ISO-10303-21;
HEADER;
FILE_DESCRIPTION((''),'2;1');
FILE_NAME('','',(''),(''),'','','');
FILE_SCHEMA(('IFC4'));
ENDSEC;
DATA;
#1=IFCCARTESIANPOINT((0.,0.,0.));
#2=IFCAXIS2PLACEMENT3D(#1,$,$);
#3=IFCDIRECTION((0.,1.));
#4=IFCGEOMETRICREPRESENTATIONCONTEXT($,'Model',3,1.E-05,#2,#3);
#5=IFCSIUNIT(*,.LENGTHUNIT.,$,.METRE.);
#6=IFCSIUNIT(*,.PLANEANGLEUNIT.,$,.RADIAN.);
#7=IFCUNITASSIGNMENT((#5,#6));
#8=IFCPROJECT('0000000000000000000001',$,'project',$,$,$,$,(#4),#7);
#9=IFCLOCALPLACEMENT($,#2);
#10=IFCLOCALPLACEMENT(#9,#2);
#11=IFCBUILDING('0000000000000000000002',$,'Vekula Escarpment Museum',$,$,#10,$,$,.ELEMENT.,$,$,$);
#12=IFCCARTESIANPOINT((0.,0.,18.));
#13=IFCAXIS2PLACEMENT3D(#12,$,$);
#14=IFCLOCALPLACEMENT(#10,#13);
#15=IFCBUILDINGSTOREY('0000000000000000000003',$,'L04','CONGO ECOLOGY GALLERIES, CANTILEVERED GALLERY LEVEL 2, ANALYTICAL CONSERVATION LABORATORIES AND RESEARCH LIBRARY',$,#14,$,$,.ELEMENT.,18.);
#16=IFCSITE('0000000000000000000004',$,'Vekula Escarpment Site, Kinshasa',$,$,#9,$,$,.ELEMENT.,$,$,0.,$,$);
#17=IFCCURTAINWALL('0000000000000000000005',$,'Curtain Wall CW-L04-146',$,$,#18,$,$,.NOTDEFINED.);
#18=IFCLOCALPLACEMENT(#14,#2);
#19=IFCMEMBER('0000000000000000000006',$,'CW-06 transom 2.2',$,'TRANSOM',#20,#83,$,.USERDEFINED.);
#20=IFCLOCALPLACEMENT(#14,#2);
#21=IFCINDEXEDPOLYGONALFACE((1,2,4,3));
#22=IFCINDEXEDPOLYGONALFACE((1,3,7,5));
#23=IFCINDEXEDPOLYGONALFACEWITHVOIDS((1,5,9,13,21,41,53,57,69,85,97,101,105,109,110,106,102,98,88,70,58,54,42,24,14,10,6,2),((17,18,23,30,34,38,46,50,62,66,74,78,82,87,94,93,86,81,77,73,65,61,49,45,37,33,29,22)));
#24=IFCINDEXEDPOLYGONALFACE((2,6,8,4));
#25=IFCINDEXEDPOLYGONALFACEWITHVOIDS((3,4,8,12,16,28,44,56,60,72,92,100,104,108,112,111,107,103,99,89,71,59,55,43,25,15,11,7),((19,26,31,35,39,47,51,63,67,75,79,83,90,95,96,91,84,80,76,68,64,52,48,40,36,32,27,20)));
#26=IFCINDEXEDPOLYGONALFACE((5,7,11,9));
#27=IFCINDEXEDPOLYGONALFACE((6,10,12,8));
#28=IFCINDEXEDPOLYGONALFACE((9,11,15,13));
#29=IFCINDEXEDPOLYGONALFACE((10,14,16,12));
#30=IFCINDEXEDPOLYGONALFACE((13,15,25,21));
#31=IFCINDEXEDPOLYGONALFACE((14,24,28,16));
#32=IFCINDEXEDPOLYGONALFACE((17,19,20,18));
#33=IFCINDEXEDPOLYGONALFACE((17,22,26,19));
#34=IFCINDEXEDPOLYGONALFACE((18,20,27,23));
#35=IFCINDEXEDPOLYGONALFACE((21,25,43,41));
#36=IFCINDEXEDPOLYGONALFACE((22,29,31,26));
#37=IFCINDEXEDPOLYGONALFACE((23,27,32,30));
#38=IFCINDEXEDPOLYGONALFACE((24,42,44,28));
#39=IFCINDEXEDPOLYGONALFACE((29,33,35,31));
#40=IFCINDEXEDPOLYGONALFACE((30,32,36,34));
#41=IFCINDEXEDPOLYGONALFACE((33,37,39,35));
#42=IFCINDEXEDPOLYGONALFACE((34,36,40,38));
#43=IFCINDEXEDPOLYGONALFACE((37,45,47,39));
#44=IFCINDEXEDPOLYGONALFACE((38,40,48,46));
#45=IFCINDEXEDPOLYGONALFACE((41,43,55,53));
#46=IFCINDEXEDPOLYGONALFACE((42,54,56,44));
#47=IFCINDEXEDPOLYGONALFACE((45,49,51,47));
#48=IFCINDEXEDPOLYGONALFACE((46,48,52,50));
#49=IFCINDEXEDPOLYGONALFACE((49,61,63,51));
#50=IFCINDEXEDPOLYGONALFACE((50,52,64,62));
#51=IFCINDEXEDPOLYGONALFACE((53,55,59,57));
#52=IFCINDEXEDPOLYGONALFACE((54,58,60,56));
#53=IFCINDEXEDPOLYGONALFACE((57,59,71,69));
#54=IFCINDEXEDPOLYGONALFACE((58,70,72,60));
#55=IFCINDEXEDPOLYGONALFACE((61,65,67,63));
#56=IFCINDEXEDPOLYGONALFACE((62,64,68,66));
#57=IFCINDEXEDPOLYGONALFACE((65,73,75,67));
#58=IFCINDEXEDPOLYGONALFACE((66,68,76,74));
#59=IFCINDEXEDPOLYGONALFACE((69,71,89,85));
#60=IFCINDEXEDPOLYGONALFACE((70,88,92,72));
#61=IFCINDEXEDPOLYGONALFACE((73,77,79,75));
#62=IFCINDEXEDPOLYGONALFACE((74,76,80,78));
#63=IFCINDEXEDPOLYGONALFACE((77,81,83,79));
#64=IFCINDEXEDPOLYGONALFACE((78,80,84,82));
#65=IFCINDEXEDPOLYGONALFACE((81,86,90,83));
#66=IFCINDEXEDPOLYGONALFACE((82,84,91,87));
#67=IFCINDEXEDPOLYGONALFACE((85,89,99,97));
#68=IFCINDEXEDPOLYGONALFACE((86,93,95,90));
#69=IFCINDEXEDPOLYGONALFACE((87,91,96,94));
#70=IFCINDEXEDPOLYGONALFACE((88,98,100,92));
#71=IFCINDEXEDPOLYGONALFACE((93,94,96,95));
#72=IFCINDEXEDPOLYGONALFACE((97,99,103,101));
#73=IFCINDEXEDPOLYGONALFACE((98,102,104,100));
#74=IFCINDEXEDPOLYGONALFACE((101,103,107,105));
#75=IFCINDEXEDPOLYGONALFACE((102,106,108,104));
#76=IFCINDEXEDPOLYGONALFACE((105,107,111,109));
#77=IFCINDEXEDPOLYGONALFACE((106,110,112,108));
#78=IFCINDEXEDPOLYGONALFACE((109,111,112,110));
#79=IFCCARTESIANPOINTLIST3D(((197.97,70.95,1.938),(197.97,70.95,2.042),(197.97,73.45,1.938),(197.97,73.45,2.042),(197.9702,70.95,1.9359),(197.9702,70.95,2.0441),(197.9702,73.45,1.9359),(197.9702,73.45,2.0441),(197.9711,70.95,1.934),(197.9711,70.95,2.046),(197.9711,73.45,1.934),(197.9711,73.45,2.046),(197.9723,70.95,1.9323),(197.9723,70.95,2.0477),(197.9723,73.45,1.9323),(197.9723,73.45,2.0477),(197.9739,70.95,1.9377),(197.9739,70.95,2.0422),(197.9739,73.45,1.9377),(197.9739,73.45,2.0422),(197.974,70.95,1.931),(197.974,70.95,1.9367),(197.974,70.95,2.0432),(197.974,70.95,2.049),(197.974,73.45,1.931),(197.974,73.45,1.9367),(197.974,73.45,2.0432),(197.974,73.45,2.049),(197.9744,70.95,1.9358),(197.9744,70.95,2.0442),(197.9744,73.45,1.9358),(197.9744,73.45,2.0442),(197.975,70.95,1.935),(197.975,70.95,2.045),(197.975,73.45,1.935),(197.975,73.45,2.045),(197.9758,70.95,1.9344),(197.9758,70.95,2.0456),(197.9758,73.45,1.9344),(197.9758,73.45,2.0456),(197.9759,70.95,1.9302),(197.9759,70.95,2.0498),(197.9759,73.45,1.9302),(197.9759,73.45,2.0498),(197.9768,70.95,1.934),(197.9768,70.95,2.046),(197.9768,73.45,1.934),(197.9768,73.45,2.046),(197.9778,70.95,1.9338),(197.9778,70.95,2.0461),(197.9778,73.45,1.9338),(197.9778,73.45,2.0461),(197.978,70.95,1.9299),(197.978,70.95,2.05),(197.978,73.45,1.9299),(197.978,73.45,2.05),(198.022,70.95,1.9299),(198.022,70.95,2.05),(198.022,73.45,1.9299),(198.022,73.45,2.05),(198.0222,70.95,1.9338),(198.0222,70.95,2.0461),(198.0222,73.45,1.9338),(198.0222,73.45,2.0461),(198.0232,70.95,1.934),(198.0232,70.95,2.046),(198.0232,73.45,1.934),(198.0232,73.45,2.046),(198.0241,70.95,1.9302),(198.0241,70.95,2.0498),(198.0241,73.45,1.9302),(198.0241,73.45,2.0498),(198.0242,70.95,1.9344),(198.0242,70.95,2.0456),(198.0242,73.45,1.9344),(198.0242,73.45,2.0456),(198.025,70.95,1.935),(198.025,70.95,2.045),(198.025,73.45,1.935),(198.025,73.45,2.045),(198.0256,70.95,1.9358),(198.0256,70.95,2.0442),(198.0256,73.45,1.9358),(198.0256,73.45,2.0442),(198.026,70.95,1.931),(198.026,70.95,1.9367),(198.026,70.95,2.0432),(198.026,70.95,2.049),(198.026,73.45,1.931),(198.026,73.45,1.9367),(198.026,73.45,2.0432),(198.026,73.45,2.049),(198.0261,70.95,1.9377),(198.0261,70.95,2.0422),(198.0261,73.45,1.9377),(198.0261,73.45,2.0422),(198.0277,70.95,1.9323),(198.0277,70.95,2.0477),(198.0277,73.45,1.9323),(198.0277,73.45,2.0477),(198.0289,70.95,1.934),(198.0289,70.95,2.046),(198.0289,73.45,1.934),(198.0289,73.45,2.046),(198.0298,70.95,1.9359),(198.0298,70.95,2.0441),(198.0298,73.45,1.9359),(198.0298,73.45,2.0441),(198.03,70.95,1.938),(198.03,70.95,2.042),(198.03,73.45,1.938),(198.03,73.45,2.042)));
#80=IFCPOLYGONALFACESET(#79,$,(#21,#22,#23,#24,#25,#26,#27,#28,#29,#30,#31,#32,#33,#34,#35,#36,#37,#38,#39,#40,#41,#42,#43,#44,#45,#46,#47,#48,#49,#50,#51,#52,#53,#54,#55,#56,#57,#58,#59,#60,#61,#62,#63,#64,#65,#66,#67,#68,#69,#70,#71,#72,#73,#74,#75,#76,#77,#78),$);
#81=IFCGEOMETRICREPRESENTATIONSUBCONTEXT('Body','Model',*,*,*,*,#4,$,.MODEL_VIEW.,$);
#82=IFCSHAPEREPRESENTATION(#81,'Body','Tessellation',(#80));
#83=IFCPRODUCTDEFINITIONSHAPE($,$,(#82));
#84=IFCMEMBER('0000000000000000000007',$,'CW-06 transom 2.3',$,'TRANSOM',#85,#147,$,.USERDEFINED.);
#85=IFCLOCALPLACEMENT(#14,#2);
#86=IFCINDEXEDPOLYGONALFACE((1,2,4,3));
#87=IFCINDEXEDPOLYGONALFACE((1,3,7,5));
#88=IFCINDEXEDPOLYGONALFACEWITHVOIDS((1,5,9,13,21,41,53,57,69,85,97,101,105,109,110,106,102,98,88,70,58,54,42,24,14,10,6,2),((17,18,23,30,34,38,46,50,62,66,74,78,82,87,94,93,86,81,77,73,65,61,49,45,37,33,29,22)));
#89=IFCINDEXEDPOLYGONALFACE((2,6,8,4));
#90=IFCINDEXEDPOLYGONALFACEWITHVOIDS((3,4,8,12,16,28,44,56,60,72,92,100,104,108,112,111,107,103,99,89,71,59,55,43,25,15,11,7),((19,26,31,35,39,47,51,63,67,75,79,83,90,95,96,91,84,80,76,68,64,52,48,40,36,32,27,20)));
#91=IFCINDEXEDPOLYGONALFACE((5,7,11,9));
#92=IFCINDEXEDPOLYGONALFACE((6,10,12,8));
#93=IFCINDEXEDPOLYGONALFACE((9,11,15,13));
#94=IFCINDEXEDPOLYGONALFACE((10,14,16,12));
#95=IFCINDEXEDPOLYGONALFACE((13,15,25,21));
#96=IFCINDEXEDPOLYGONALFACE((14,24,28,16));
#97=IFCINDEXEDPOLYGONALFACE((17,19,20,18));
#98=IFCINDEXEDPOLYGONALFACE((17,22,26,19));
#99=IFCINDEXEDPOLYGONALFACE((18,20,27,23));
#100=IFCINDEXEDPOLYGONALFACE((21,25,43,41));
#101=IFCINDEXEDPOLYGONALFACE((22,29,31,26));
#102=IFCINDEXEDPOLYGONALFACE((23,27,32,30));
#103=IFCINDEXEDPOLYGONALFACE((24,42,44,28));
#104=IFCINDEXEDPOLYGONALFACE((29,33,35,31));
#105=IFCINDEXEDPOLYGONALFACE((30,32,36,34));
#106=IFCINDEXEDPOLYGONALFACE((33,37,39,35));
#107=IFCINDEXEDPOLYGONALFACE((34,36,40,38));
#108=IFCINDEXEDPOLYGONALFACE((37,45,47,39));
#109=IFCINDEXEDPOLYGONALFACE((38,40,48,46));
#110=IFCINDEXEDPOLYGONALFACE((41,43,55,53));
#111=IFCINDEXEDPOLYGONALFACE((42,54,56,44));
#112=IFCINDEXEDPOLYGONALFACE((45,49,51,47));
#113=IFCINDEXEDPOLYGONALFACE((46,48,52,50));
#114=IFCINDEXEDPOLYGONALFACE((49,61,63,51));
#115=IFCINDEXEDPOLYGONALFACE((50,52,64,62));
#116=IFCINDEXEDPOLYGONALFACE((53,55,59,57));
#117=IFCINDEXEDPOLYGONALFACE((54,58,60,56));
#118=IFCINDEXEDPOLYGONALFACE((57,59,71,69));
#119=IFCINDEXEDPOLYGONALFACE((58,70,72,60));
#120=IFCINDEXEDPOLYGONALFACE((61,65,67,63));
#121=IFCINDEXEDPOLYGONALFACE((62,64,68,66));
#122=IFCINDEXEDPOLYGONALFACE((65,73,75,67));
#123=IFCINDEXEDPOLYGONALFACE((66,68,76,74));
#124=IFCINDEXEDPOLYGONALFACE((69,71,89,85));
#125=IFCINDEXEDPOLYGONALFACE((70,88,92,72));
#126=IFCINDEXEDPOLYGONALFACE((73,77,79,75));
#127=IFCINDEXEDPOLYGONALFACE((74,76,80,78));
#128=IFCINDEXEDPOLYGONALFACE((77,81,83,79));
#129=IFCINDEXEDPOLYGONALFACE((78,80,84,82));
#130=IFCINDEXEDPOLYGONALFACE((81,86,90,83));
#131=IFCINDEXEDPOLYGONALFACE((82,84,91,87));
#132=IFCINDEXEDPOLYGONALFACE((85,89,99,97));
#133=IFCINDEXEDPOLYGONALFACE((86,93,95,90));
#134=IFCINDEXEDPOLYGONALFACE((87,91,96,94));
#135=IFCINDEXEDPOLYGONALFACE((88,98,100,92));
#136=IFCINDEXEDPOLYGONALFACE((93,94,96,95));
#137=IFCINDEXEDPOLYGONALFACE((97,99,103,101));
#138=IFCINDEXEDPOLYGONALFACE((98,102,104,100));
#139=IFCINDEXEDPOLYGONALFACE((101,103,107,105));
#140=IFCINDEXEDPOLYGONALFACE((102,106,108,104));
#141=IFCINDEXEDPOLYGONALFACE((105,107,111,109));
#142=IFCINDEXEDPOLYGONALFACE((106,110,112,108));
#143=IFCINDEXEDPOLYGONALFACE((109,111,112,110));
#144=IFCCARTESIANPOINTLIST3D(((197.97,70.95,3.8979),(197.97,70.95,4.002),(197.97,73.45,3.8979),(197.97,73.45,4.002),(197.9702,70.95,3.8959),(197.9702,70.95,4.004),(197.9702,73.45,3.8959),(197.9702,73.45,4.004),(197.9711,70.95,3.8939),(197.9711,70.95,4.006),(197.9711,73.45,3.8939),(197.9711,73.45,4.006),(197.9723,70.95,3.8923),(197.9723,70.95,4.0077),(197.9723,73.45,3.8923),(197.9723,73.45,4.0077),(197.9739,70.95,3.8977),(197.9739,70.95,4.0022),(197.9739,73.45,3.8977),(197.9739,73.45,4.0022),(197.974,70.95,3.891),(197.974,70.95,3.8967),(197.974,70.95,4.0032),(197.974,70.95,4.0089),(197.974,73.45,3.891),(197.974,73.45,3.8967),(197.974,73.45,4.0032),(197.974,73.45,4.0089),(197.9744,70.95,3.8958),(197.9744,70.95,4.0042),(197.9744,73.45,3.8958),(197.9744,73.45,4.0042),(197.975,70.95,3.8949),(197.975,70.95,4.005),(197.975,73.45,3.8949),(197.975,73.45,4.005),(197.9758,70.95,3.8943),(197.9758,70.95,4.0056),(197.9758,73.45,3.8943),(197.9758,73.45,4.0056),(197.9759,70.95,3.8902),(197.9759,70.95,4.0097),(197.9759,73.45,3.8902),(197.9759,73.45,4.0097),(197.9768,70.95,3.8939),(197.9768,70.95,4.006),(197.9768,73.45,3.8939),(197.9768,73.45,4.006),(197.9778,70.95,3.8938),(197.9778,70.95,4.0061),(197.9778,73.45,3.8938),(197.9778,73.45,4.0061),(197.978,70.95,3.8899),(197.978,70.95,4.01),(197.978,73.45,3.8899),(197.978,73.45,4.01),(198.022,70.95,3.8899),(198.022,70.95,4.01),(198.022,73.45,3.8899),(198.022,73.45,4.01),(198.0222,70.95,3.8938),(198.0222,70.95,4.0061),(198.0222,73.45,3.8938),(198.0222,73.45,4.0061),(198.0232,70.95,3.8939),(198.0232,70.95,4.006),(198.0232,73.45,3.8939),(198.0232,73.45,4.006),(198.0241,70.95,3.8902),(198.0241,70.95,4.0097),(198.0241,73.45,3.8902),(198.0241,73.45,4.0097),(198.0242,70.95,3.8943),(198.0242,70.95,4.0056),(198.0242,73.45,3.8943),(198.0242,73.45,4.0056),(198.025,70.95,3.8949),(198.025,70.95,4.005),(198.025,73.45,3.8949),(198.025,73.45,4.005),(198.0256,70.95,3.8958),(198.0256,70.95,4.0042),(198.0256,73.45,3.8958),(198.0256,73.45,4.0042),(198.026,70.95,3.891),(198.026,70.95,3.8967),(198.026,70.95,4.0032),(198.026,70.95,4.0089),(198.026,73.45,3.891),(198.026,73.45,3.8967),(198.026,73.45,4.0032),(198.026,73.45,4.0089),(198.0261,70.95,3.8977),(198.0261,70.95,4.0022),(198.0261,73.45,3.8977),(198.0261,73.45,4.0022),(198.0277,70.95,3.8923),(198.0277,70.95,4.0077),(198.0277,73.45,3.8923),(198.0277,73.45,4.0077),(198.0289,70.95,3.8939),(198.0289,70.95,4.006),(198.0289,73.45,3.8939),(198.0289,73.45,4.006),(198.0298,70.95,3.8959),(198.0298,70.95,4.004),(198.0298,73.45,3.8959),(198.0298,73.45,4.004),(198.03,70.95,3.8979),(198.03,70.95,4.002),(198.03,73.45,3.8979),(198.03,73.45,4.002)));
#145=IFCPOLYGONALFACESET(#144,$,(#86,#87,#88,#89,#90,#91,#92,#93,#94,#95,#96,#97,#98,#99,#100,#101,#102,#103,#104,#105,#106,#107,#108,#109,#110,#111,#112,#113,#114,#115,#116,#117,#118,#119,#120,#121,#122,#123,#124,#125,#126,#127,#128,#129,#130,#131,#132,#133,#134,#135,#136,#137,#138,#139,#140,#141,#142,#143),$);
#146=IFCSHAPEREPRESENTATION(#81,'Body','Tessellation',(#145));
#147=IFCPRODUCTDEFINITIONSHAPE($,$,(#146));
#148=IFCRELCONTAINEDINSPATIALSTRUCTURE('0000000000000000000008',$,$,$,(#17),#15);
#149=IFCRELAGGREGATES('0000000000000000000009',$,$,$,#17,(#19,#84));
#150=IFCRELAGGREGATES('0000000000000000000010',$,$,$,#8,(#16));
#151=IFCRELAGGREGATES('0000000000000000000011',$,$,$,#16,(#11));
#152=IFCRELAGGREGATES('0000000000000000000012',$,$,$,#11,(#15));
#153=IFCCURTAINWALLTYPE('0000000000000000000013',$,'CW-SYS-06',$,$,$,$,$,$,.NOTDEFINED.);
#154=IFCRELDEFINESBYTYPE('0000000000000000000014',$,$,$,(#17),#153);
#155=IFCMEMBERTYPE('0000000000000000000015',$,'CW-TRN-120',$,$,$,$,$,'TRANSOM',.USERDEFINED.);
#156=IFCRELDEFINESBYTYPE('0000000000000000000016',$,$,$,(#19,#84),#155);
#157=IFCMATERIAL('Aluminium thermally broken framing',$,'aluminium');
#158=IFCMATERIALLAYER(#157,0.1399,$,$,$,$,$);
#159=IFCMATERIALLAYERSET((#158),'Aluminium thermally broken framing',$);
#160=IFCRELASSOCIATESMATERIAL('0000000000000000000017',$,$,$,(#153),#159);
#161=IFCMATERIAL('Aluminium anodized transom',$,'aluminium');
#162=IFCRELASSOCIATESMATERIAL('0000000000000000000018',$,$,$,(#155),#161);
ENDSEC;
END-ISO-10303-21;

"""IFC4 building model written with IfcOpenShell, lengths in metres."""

from ifc_helpers import new_model, si_unit, direction, frame, origin, origin_2d, place, context, subcontext, project, spatial, hollow_rectangle, extrude, material, layer, layer_set, material_profile, profile_set, type_object, element, aggregate, save


model = new_model("IFC4")

# Units and contexts
model_context = context("Model", 3, precision=1e-05, world=origin(), true_north=direction((0.0, 1.0)))
body_context = subcontext(model_context, "Body", "Model", "MODEL_VIEW")
ifc_project = project(units=[si_unit("LENGTHUNIT", "METRE"), si_unit("PLANEANGLEUNIT", "RADIAN")], contexts=[model_context])

# Site, building, storey
site_placement = place(None, origin())
site = spatial("IfcSite", under=ifc_project, at=site_placement, Name="Vekula Escarpment Site, Kinshasa", CompositionType="ELEMENT", RefElevation=0.0)
building_placement = place(site_placement, origin())
building = spatial("IfcBuilding", under=site, at=building_placement, Name="Vekula Escarpment Museum", CompositionType="ELEMENT")
storey_placement = place(building_placement, frame((0.0, 0.0, 18.0)))
storey = spatial("IfcBuildingStorey", under=building, at=storey_placement, Name="L04", Description="CONGO ECOLOGY GALLERIES, CANTILEVERED GALLERY LEVEL 2, ANALYTICAL CONSERVATION LABORATORIES AND RESEARCH LIBRARY", CompositionType="ELEMENT", Elevation=18.0)

# Curtain wall, members
ifc_material_1 = material(Name="Aluminium thermally broken framing", Category="aluminium")
ifc_layer_1 = layer(ifc_material_1, 0.1399)
ifc_layer_set_1 = layer_set([ifc_layer_1], Name="Aluminium thermally broken framing")
curtain_wall_type = type_object("IfcCurtainWallType", Name="CW-SYS-06", PredefinedType="NOTDEFINED", material=ifc_layer_set_1)
curtain_wall_placement = place(storey_placement, origin())
curtain_wall = element("IfcCurtainWall", 1, at=curtain_wall_placement, inside=storey, type_object=curtain_wall_type, Name="Curtain Wall CW-L04-146", PredefinedType="NOTDEFINED")
ifc_material_2 = material(Name="Aluminium anodized transom", Category="aluminium")
ifc_material_profile_1 = material_profile(ifc_material_2, hollow_rectangle(XDim=0.0601, YDim=0.1201, WallThickness=0.0039, InnerFilletRadius=0.0039, OuterFilletRadius=0.0081, at=origin_2d()), Name="ALU 120x60x4")
ifc_profile_set_1 = profile_set([ifc_material_profile_1], Name="Aluminium anodized transom")
member_type_1 = type_object("IfcMemberType", Name="CW-TRN-120", ElementType="TRANSOM", PredefinedType="USERDEFINED", material=ifc_profile_set_1)
member_1_placement = place(storey_placement, frame((198.0, 70.95, 1.99), z_axis=(0.0, 1.0, 0.0), x_axis=(-1.0, 0.0, 0.0)))
member_1 = element("IfcMember", 2, at=member_1_placement, type_object=member_type_1, Name="CW-06 transom 2.2", ObjectType="TRANSOM", PredefinedType="USERDEFINED", context=body_context, shape_type="SweptSolid", body=[
    extrude(hollow_rectangle(XDim=0.0601, YDim=0.1201, WallThickness=0.0039, InnerFilletRadius=0.0039, OuterFilletRadius=0.0081, at=origin_2d()), origin(), (0.0, 0.0, 1.0), 2.5),
])
member_2_placement = place(storey_placement, frame((198.0, 70.95, 3.95), z_axis=(0.0, 1.0, 0.0), x_axis=(-1.0, 0.0, 0.0)))
member_2 = element("IfcMember", 3, at=member_2_placement, type_object=member_type_1, Name="CW-06 transom 2.3", ObjectType="TRANSOM", PredefinedType="USERDEFINED", context=body_context, shape_type="SweptSolid", body=[
    extrude(hollow_rectangle(XDim=0.0601, YDim=0.1201, WallThickness=0.0039, InnerFilletRadius=0.0039, OuterFilletRadius=0.0081, at=origin_2d()), origin(), (0.0, 0.0, 1.0), 2.5),
])
aggregate(curtain_wall, [member_1, member_2])

save(model, "model.ifc")
